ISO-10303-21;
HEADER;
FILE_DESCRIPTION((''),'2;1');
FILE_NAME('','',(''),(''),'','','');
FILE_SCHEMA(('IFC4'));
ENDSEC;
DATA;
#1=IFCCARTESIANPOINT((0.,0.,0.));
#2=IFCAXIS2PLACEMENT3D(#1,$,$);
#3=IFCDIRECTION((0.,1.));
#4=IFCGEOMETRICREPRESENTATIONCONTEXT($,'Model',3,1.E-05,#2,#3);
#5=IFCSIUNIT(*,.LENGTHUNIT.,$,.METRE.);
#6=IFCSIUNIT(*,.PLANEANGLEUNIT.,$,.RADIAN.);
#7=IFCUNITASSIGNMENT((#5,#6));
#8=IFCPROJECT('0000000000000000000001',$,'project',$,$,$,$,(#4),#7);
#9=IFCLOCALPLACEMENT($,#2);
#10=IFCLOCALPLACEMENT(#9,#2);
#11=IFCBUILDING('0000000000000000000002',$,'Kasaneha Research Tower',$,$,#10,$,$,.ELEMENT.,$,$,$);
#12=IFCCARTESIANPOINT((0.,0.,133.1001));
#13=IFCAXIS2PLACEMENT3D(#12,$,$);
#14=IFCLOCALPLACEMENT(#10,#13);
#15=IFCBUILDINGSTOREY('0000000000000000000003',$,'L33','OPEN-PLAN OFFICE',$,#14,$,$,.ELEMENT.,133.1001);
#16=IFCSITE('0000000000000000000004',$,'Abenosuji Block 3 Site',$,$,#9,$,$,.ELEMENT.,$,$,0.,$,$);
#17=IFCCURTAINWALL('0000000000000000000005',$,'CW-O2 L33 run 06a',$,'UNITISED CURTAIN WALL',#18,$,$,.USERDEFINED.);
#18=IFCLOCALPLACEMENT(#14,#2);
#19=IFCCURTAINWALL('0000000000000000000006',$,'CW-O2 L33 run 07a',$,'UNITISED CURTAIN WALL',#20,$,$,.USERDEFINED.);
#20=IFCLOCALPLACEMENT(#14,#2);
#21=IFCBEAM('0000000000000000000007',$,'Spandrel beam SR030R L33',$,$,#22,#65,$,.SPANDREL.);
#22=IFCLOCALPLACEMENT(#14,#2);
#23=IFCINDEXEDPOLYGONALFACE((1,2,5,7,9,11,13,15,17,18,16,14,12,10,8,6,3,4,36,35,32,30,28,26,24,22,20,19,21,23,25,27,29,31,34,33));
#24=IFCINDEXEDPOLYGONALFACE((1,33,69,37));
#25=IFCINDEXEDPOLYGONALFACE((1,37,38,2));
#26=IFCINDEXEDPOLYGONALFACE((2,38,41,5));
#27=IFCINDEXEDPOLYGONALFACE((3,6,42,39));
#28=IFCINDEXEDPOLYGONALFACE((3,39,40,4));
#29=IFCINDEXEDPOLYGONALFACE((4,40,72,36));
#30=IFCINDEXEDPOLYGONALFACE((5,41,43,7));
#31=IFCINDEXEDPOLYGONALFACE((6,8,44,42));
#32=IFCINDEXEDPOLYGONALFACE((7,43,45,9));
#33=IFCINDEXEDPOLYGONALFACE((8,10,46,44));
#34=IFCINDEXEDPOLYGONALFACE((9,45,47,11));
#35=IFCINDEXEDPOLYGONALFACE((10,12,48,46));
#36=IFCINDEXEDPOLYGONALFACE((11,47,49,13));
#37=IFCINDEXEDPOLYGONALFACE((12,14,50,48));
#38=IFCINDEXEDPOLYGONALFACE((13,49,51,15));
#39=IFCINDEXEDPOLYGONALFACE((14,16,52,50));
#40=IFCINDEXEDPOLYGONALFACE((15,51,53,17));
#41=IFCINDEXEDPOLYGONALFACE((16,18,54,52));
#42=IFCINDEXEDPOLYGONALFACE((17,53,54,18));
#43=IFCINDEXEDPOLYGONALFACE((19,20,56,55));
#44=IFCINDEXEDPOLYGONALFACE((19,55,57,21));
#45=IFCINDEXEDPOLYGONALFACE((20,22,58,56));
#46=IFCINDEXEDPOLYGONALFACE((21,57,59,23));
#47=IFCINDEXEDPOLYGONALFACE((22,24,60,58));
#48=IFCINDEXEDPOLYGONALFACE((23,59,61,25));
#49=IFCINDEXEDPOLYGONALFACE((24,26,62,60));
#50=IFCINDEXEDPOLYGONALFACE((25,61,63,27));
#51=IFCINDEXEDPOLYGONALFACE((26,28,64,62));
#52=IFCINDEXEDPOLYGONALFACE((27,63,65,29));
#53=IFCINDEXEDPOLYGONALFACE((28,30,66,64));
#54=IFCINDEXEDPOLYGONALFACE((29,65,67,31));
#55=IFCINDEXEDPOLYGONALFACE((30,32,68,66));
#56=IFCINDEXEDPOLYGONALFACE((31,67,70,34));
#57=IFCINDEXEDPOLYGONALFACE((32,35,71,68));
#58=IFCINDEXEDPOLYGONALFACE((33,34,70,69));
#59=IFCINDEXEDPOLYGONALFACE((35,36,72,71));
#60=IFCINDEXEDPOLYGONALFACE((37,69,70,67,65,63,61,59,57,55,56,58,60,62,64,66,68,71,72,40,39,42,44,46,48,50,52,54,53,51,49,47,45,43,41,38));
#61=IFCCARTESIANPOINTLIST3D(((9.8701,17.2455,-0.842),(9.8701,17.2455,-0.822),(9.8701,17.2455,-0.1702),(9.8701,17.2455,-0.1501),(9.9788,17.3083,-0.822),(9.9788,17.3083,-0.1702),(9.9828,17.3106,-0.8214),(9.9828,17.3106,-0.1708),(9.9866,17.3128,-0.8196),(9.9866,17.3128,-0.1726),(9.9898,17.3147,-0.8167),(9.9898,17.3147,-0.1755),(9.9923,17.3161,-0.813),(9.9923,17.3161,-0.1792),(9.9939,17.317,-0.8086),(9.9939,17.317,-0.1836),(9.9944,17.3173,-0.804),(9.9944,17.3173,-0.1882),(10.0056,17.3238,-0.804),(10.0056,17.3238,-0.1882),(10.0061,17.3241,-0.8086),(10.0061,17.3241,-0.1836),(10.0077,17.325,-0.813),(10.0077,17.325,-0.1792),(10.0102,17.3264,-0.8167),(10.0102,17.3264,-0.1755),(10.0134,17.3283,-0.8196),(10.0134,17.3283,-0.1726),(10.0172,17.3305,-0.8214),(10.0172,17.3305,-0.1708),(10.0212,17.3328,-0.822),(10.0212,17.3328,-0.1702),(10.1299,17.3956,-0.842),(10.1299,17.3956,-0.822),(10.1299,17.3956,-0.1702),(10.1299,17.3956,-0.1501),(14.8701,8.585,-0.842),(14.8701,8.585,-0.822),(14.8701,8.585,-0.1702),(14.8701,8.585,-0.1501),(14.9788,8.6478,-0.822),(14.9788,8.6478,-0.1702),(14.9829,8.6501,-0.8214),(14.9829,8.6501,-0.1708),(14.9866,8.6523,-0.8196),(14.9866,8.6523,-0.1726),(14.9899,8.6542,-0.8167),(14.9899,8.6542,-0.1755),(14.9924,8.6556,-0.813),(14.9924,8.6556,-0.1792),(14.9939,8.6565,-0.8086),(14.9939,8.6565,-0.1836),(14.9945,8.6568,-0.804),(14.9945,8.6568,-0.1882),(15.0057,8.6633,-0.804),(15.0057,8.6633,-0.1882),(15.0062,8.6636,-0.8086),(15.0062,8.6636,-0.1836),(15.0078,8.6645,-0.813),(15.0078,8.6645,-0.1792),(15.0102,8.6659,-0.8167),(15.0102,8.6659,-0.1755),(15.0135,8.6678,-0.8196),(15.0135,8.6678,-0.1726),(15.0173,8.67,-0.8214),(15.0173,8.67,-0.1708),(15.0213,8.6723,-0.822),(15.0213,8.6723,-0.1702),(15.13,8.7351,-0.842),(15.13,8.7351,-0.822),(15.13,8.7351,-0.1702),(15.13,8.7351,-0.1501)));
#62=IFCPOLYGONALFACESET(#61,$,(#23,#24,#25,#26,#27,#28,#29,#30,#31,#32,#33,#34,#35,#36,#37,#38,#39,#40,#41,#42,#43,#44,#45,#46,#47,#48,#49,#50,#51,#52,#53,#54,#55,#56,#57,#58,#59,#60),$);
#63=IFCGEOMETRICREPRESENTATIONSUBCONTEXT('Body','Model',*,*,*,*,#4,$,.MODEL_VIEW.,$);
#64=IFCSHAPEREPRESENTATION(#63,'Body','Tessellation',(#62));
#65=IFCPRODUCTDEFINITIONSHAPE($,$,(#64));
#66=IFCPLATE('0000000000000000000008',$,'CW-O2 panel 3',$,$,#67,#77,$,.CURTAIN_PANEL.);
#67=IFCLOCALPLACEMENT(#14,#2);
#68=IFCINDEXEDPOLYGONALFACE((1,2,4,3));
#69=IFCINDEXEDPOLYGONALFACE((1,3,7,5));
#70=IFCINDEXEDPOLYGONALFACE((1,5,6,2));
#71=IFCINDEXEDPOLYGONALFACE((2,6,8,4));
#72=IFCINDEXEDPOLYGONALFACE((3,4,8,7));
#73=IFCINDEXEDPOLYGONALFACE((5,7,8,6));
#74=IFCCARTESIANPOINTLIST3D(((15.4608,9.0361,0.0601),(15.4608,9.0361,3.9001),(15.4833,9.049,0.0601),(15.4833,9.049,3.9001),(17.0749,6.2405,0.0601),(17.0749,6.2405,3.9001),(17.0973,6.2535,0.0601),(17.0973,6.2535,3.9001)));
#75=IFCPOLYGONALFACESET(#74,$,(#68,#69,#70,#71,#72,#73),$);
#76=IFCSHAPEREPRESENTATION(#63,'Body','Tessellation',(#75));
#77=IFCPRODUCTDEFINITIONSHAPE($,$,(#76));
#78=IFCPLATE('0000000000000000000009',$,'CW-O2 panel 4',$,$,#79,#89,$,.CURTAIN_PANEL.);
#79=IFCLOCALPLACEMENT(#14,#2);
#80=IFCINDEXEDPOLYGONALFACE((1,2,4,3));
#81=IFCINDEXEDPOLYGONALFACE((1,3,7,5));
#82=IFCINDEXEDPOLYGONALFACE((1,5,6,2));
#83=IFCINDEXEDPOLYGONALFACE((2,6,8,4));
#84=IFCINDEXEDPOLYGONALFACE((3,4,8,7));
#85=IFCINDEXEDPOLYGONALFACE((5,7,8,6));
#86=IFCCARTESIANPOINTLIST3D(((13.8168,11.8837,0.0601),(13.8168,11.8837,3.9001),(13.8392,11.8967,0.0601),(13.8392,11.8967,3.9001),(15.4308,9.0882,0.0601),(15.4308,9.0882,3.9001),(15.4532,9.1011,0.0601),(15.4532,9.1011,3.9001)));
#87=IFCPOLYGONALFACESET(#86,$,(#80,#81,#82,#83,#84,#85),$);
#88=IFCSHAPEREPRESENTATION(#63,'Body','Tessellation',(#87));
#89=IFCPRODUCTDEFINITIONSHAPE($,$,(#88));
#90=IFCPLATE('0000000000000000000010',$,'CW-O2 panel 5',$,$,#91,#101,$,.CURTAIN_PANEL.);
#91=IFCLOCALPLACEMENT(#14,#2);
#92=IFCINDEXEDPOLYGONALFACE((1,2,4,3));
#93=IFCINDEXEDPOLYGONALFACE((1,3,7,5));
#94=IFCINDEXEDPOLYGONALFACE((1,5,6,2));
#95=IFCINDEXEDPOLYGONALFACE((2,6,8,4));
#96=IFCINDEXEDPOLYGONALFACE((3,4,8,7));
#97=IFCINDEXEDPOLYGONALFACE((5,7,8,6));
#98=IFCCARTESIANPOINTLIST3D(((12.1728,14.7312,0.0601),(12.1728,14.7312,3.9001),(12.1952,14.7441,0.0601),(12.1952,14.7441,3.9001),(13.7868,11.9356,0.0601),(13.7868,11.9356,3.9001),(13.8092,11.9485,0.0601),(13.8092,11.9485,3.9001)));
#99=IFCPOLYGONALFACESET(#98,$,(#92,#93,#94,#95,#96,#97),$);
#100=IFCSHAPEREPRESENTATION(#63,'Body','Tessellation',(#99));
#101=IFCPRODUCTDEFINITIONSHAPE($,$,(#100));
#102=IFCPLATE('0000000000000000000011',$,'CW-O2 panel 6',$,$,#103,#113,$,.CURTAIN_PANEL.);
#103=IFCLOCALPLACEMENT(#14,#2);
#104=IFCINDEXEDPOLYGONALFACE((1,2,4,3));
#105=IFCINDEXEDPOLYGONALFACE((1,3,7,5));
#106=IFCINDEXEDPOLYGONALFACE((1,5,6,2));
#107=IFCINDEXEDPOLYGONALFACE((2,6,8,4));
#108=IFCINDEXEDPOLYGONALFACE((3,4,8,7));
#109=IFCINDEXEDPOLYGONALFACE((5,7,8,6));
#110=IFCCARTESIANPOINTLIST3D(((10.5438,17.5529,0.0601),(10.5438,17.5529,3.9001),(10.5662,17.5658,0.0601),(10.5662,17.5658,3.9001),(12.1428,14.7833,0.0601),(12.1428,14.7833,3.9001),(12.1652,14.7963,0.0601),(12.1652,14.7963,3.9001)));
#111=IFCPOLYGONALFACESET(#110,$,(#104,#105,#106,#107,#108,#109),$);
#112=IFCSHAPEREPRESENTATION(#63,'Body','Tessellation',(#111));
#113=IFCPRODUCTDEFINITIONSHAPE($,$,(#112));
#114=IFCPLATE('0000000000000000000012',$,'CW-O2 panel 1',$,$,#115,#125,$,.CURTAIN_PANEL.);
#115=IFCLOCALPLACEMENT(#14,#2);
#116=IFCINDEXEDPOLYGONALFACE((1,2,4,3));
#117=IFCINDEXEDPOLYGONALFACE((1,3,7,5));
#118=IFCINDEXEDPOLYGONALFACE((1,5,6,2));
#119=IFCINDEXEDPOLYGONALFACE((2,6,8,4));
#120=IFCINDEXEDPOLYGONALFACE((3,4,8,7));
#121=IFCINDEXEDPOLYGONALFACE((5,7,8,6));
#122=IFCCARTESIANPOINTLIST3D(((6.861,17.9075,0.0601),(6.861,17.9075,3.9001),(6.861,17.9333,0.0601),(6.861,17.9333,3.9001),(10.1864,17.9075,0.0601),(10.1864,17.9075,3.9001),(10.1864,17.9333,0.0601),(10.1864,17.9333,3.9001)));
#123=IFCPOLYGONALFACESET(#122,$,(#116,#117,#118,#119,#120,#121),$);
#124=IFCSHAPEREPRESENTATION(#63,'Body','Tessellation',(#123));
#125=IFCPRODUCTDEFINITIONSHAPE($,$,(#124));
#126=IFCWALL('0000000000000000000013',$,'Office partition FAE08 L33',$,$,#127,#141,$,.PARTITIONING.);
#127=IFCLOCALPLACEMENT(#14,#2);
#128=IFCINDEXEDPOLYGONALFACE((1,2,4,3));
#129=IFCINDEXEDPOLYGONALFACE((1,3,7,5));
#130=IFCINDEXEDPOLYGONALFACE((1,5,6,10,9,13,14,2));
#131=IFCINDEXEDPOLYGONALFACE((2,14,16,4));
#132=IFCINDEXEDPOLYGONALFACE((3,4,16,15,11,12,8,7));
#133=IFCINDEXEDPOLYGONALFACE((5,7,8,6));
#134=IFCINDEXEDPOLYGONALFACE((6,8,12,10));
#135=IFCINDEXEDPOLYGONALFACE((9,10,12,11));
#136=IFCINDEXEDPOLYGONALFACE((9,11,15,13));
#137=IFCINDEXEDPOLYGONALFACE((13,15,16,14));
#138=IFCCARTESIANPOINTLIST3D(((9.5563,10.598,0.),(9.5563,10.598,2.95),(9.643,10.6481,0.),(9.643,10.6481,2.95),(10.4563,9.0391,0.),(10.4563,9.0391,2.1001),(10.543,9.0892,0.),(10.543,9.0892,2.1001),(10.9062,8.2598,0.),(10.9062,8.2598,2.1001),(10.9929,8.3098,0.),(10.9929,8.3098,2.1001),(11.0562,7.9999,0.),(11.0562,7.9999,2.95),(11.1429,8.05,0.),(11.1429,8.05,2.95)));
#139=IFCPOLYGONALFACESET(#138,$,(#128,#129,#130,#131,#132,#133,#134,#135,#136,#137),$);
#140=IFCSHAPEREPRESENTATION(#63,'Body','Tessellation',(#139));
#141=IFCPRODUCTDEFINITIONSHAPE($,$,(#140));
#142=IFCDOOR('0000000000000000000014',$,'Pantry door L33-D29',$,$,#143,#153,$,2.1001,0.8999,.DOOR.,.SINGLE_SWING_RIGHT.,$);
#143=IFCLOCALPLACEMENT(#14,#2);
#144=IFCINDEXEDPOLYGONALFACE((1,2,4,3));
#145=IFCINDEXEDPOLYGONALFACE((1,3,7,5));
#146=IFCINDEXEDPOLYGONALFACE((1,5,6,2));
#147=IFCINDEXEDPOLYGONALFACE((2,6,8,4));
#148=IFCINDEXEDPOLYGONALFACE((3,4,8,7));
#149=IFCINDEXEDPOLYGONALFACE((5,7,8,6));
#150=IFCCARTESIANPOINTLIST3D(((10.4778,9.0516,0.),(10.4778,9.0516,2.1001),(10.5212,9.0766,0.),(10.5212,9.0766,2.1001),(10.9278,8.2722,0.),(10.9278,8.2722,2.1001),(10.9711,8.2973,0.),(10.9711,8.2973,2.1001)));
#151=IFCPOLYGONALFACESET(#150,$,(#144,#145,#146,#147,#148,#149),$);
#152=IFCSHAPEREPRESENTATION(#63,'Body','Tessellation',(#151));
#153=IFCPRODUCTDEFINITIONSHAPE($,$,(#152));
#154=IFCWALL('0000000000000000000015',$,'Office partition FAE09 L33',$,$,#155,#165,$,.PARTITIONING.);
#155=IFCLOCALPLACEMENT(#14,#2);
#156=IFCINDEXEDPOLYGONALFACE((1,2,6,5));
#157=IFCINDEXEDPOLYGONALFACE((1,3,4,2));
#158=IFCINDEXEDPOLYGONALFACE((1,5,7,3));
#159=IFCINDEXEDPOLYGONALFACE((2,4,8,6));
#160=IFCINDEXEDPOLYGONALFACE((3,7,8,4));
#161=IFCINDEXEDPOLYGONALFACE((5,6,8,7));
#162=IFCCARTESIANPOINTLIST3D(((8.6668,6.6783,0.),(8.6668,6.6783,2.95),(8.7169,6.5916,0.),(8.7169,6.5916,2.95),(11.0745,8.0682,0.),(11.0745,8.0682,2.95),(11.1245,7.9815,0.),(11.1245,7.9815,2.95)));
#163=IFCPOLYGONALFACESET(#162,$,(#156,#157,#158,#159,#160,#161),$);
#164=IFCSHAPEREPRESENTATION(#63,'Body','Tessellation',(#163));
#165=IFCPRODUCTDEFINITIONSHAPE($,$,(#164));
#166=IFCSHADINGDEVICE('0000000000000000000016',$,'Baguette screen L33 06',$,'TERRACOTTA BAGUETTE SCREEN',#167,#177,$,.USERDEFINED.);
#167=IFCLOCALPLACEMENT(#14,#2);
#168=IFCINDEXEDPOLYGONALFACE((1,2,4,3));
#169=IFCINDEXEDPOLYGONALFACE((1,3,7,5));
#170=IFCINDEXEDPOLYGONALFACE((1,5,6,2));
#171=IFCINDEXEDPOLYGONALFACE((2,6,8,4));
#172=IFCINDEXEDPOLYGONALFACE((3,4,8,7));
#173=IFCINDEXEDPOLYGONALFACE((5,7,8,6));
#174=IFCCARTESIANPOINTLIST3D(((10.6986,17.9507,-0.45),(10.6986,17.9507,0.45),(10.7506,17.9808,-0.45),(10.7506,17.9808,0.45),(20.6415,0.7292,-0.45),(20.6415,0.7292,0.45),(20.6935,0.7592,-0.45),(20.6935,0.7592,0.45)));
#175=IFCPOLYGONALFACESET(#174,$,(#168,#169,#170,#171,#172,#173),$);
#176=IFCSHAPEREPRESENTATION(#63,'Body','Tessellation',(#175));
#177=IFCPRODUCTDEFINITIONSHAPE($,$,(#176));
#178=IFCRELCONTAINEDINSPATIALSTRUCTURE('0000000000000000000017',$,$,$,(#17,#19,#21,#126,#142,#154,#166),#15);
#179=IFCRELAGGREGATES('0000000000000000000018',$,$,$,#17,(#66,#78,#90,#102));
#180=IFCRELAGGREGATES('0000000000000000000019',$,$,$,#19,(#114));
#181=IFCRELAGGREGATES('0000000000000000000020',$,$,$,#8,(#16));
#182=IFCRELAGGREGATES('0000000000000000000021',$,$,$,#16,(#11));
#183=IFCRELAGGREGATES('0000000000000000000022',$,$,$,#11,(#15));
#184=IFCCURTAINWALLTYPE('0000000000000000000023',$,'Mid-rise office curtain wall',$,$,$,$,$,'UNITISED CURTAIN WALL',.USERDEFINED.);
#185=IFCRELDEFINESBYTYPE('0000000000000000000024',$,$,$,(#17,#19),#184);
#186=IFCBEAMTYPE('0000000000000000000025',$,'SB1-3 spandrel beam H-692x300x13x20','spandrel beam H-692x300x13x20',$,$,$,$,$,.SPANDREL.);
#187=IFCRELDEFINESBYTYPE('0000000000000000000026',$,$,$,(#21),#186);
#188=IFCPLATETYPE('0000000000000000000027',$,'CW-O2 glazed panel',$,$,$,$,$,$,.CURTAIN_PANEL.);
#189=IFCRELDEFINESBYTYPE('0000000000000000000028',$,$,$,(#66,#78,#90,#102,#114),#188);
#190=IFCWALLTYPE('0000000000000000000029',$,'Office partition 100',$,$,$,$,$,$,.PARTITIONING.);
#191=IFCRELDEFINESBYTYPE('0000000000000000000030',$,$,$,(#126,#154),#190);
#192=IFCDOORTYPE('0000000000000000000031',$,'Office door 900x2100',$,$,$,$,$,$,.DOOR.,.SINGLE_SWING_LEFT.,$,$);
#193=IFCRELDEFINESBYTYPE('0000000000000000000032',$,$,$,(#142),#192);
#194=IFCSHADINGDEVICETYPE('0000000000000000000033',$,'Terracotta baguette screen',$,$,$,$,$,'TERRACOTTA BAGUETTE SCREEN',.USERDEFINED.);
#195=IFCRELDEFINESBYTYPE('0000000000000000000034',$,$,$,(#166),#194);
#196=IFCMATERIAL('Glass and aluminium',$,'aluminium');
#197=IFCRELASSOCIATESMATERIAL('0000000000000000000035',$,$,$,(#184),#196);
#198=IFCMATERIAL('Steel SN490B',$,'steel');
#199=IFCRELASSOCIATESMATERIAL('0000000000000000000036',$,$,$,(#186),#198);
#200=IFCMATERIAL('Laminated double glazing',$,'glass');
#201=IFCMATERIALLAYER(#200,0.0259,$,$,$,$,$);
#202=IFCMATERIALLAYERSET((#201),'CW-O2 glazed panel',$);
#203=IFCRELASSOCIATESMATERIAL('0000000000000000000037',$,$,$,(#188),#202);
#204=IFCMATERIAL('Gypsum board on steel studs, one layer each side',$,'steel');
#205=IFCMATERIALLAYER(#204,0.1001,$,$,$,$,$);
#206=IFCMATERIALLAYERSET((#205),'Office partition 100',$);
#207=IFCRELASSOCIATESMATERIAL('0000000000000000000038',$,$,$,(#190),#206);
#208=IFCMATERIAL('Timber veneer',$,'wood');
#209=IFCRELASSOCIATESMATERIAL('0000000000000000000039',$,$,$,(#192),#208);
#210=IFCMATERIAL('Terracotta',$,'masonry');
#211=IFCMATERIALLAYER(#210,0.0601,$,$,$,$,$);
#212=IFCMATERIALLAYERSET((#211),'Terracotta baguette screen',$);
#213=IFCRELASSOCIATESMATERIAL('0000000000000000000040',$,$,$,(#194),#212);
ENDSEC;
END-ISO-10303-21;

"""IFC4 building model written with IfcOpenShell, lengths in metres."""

from ifc_helpers import new_model, si_unit, direction, frame, frame_2d, origin, origin_2d, place, context, subcontext, project, spatial, rectangle, i_section, extrude, material, layer, layer_set, material_profile, profile_set, type_object, element, fill, aggregate, save


model = new_model("IFC4")

# Units and contexts
model_context = context("Model", 3, precision=1e-05, world=origin(), true_north=direction((0.0, 1.0)))
body_context = subcontext(model_context, "Body", "Model", "MODEL_VIEW")
ifc_project = project(units=[si_unit("LENGTHUNIT", "METRE"), si_unit("PLANEANGLEUNIT", "RADIAN")], contexts=[model_context])

# Site, building, storey
site_placement = place(None, origin())
site = spatial("IfcSite", under=ifc_project, at=site_placement, Name="Abenosuji Block 3 Site", CompositionType="ELEMENT", RefElevation=0.0)
building_placement = place(site_placement, origin())
building = spatial("IfcBuilding", under=site, at=building_placement, Name="Kasaneha Research Tower", CompositionType="ELEMENT")
storey_placement = place(building_placement, frame((0.0, 0.0, 133.1001)))
storey = spatial("IfcBuildingStorey", under=building, at=storey_placement, Name="L33", Description="OPEN-PLAN OFFICE", CompositionType="ELEMENT", Elevation=133.1001)

# Curtain wall
ifc_material_1 = material(Name="Glass and aluminium", Category="aluminium")
curtain_wall_type = type_object("IfcCurtainWallType", Name="Mid-rise office curtain wall", ElementType="UNITISED CURTAIN WALL", PredefinedType="USERDEFINED", material=ifc_material_1)
curtain_wall_1_placement = place(storey_placement, origin())
curtain_wall_1 = element("IfcCurtainWall", 1, at=curtain_wall_1_placement, inside=storey, type_object=curtain_wall_type, Name="CW-O2 L33 run 06a", ObjectType="UNITISED CURTAIN WALL", PredefinedType="USERDEFINED")

# Curtain wall
curtain_wall_2_placement = place(storey_placement, origin())
curtain_wall_2 = element("IfcCurtainWall", 2, at=curtain_wall_2_placement, inside=storey, type_object=curtain_wall_type, Name="CW-O2 L33 run 07a", ObjectType="UNITISED CURTAIN WALL", PredefinedType="USERDEFINED")

# Beam
ifc_material_2 = material(Name="Steel SN490B", Category="steel")
ifc_material_profile_1 = material_profile(ifc_material_2, i_section(OverallWidth=0.3, OverallDepth=0.6919, WebThickness=0.0129, FlangeThickness=0.02, FilletRadius=0.0181, at=origin_2d()), Name="H-692x300x13x20")
ifc_profile_set_1 = profile_set([ifc_material_profile_1], Name="Steel SN490B")
beam_type_1 = type_object("IfcBeamType", Name="SB1-3 spandrel beam H-692x300x13x20", Description="spandrel beam H-692x300x13x20", PredefinedType="SPANDREL", material=ifc_profile_set_1)
beam_1_placement = place(storey_placement, frame((10.0, 17.3206, -0.4961), z_axis=(0.499994, -0.866029, 0.0), x_axis=(0.866029, 0.499994, 0.0)))
element("IfcBeam", 3, at=beam_1_placement, inside=storey, type_object=beam_type_1, Name="Spandrel beam SR030R L33", PredefinedType="SPANDREL", context=body_context, shape_type="SweptSolid", body=[
    extrude(i_section(OverallWidth=0.3, OverallDepth=0.6919, WebThickness=0.0129, FlangeThickness=0.02, FilletRadius=0.0181, at=origin_2d()), origin(), (0.0, 0.0, 1.0), 10.0002),
])

# Plates
ifc_material_3 = material(Name="Laminated double glazing", Category="glass")
ifc_layer_1 = layer(ifc_material_3, 0.0259)
ifc_layer_set_1 = layer_set([ifc_layer_1], Name="CW-O2 glazed panel")
plate_type = type_object("IfcPlateType", Name="CW-O2 glazed panel", PredefinedType="CURTAIN_PANEL", material=ifc_layer_set_1)
plate_1_placement = place(storey_placement, frame((16.2791, 7.6448, 0.0601), z_axis=(0.0, 0.0, 1.0), x_axis=(-0.5, 0.866025, 0.0)))
plate_1 = element("IfcPlate", 4, at=plate_1_placement, type_object=plate_type, Name="CW-O2 panel 3", PredefinedType="CURTAIN_PANEL", context=body_context, shape_type="SweptSolid", body=[
    extrude(rectangle(XDim=3.228, YDim=0.0259, at=origin_2d()), origin(), (0.0, 0.0, 1.0), 3.8401),
])
plate_2_placement = place(storey_placement, frame((14.635, 10.4924, 0.0601), z_axis=(0.0, 0.0, 1.0), x_axis=(-0.5, 0.866025, 0.0)))
plate_2 = element("IfcPlate", 5, at=plate_2_placement, type_object=plate_type, Name="CW-O2 panel 4", PredefinedType="CURTAIN_PANEL", context=body_context, shape_type="SweptSolid", body=[
    extrude(rectangle(XDim=3.228, YDim=0.0259, at=origin_2d()), origin(), (0.0, 0.0, 1.0), 3.8401),
])
plate_3_placement = place(storey_placement, frame((12.991, 13.3398, 0.0601), z_axis=(0.0, 0.0, 1.0), x_axis=(-0.5, 0.866025, 0.0)))
plate_3 = element("IfcPlate", 6, at=plate_3_placement, type_object=plate_type, Name="CW-O2 panel 5", PredefinedType="CURTAIN_PANEL", context=body_context, shape_type="SweptSolid", body=[
    extrude(rectangle(XDim=3.228, YDim=0.0259, at=origin_2d()), origin(), (0.0, 0.0, 1.0), 3.8401),
])
plate_4_placement = place(storey_placement, frame((11.3545, 16.1746, 0.0601), z_axis=(0.0, 0.0, 1.0), x_axis=(-0.5, 0.866025, 0.0)))
plate_4 = element("IfcPlate", 7, at=plate_4_placement, type_object=plate_type, Name="CW-O2 panel 6", PredefinedType="CURTAIN_PANEL", context=body_context, shape_type="SweptSolid", body=[
    extrude(rectangle(XDim=3.198, YDim=0.0259, at=origin_2d()), origin(), (0.0, 0.0, 1.0), 3.8401),
])
aggregate(curtain_wall_1, [plate_1, plate_2, plate_3, plate_4])
plate_5_placement = place(storey_placement, frame((8.5237, 17.9204, 0.0601), z_axis=(0.0, 0.0, 1.0), x_axis=(-1.0, 0.0, 0.0)))
plate_5 = element("IfcPlate", 8, at=plate_5_placement, type_object=plate_type, Name="CW-O2 panel 1", PredefinedType="CURTAIN_PANEL", context=body_context, shape_type="SweptSolid", body=[
    extrude(rectangle(XDim=3.3254, YDim=0.0259, at=origin_2d()), origin(), (0.0, 0.0, 1.0), 3.8401),
])
aggregate(curtain_wall_2, [plate_5])

# Wall, opening, door
ifc_material_4 = material(Name="Gypsum board on steel studs, one layer each side", Category="steel")
ifc_layer_2 = layer(ifc_material_4, 0.1001)
ifc_layer_set_2 = layer_set([ifc_layer_2], Name="Office partition 100")
wall_type = type_object("IfcWallType", Name="Office partition 100", PredefinedType="PARTITIONING", material=ifc_layer_set_2)
wall_1_placement = place(storey_placement, frame((9.5996, 10.623, 0.0), z_axis=(0.0, 0.0, 1.0), x_axis=(0.49999, -0.866031, 0.0)))
wall_1 = element("IfcWall", 9, at=wall_1_placement, inside=storey, type_object=wall_type, Name="Office partition FAE08 L33", PredefinedType="PARTITIONING", context=body_context, shape_type="SweptSolid", body=[
    extrude(rectangle(XDim=3.0, YDim=0.1001, at=frame_2d((1.5, 0.0))), origin(), (0.0, 0.0, 1.0), 2.95),
])
opening_placement = place(wall_1_placement, frame((1.8, 0.0, 0.0)))
opening = element("IfcOpeningElement", 10, at=opening_placement, cuts=wall_1, PredefinedType="OPENING", context=body_context, shape_type="SweptSolid", body=[
    extrude(rectangle(XDim=0.8999, YDim=2.1001, at=frame_2d((0.45, 1.05))), frame((0.0, 0.0601, 0.0), z_axis=(0.0, -1.0, 0.0), x_axis=(1.0, 0.0, 0.0)), (0.0, 0.0, 1.0), 0.1201),
])
ifc_material_5 = material(Name="Timber veneer", Category="wood")
door_type = type_object("IfcDoorType", Name="Office door 900x2100", OperationType="SINGLE_SWING_LEFT", PredefinedType="DOOR", material=ifc_material_5)
door_placement = place(opening_placement, origin())
door = element("IfcDoor", 11, at=door_placement, inside=storey, type_object=door_type, Name="Pantry door L33-D29", OperationType="SINGLE_SWING_RIGHT", OverallHeight=2.1001, OverallWidth=0.8999, PredefinedType="DOOR", context=body_context, shape_type="SweptSolid", body=[
    extrude(rectangle(XDim=0.8999, YDim=2.1001, at=frame_2d((0.45, 1.05))), frame((0.0, 0.0249, 0.0), z_axis=(0.0, -1.0, 0.0), x_axis=(1.0, 0.0, 0.0)), (0.0, 0.0, 1.0), 0.05),
])
fill(opening, door)

# Wall
wall_2_placement = place(storey_placement, frame((11.0996, 8.0249, 0.0), z_axis=(0.0, 0.0, 1.0), x_axis=(-0.866057, -0.499945, 0.0)))
element("IfcWall", 12, at=wall_2_placement, inside=storey, type_object=wall_type, Name="Office partition FAE09 L33", PredefinedType="PARTITIONING", context=body_context, shape_type="SweptSolid", body=[
    extrude(rectangle(XDim=2.78, YDim=0.1001, at=frame_2d((1.3901, 0.0))), origin(), (0.0, 0.0, 1.0), 2.95),
])

# Shading device
ifc_material_6 = material(Name="Terracotta", Category="masonry")
ifc_layer_3 = layer(ifc_material_6, 0.0601)
ifc_layer_set_3 = layer_set([ifc_layer_3], Name="Terracotta baguette screen")
shading_device_type = type_object("IfcShadingDeviceType", Name="Terracotta baguette screen", ElementType="TERRACOTTA BAGUETTE SCREEN", PredefinedType="USERDEFINED", material=ifc_layer_set_3)
shading_device_placement = place(storey_placement, frame((15.696, 9.355, -0.45), z_axis=(0.0, 0.0, 1.0), x_axis=(-0.5, 0.866025, 0.0)))
element("IfcShadingDevice", 13, at=shading_device_placement, inside=storey, type_object=shading_device_type, Name="Baguette screen L33 06", ObjectType="TERRACOTTA BAGUETTE SCREEN", PredefinedType="USERDEFINED", context=body_context, shape_type="SweptSolid", body=[
    extrude(rectangle(XDim=19.8857, YDim=0.0601, at=origin_2d()), origin(), (0.0, 0.0, 1.0), 0.8999),
])

save(model, "model.ifc")
